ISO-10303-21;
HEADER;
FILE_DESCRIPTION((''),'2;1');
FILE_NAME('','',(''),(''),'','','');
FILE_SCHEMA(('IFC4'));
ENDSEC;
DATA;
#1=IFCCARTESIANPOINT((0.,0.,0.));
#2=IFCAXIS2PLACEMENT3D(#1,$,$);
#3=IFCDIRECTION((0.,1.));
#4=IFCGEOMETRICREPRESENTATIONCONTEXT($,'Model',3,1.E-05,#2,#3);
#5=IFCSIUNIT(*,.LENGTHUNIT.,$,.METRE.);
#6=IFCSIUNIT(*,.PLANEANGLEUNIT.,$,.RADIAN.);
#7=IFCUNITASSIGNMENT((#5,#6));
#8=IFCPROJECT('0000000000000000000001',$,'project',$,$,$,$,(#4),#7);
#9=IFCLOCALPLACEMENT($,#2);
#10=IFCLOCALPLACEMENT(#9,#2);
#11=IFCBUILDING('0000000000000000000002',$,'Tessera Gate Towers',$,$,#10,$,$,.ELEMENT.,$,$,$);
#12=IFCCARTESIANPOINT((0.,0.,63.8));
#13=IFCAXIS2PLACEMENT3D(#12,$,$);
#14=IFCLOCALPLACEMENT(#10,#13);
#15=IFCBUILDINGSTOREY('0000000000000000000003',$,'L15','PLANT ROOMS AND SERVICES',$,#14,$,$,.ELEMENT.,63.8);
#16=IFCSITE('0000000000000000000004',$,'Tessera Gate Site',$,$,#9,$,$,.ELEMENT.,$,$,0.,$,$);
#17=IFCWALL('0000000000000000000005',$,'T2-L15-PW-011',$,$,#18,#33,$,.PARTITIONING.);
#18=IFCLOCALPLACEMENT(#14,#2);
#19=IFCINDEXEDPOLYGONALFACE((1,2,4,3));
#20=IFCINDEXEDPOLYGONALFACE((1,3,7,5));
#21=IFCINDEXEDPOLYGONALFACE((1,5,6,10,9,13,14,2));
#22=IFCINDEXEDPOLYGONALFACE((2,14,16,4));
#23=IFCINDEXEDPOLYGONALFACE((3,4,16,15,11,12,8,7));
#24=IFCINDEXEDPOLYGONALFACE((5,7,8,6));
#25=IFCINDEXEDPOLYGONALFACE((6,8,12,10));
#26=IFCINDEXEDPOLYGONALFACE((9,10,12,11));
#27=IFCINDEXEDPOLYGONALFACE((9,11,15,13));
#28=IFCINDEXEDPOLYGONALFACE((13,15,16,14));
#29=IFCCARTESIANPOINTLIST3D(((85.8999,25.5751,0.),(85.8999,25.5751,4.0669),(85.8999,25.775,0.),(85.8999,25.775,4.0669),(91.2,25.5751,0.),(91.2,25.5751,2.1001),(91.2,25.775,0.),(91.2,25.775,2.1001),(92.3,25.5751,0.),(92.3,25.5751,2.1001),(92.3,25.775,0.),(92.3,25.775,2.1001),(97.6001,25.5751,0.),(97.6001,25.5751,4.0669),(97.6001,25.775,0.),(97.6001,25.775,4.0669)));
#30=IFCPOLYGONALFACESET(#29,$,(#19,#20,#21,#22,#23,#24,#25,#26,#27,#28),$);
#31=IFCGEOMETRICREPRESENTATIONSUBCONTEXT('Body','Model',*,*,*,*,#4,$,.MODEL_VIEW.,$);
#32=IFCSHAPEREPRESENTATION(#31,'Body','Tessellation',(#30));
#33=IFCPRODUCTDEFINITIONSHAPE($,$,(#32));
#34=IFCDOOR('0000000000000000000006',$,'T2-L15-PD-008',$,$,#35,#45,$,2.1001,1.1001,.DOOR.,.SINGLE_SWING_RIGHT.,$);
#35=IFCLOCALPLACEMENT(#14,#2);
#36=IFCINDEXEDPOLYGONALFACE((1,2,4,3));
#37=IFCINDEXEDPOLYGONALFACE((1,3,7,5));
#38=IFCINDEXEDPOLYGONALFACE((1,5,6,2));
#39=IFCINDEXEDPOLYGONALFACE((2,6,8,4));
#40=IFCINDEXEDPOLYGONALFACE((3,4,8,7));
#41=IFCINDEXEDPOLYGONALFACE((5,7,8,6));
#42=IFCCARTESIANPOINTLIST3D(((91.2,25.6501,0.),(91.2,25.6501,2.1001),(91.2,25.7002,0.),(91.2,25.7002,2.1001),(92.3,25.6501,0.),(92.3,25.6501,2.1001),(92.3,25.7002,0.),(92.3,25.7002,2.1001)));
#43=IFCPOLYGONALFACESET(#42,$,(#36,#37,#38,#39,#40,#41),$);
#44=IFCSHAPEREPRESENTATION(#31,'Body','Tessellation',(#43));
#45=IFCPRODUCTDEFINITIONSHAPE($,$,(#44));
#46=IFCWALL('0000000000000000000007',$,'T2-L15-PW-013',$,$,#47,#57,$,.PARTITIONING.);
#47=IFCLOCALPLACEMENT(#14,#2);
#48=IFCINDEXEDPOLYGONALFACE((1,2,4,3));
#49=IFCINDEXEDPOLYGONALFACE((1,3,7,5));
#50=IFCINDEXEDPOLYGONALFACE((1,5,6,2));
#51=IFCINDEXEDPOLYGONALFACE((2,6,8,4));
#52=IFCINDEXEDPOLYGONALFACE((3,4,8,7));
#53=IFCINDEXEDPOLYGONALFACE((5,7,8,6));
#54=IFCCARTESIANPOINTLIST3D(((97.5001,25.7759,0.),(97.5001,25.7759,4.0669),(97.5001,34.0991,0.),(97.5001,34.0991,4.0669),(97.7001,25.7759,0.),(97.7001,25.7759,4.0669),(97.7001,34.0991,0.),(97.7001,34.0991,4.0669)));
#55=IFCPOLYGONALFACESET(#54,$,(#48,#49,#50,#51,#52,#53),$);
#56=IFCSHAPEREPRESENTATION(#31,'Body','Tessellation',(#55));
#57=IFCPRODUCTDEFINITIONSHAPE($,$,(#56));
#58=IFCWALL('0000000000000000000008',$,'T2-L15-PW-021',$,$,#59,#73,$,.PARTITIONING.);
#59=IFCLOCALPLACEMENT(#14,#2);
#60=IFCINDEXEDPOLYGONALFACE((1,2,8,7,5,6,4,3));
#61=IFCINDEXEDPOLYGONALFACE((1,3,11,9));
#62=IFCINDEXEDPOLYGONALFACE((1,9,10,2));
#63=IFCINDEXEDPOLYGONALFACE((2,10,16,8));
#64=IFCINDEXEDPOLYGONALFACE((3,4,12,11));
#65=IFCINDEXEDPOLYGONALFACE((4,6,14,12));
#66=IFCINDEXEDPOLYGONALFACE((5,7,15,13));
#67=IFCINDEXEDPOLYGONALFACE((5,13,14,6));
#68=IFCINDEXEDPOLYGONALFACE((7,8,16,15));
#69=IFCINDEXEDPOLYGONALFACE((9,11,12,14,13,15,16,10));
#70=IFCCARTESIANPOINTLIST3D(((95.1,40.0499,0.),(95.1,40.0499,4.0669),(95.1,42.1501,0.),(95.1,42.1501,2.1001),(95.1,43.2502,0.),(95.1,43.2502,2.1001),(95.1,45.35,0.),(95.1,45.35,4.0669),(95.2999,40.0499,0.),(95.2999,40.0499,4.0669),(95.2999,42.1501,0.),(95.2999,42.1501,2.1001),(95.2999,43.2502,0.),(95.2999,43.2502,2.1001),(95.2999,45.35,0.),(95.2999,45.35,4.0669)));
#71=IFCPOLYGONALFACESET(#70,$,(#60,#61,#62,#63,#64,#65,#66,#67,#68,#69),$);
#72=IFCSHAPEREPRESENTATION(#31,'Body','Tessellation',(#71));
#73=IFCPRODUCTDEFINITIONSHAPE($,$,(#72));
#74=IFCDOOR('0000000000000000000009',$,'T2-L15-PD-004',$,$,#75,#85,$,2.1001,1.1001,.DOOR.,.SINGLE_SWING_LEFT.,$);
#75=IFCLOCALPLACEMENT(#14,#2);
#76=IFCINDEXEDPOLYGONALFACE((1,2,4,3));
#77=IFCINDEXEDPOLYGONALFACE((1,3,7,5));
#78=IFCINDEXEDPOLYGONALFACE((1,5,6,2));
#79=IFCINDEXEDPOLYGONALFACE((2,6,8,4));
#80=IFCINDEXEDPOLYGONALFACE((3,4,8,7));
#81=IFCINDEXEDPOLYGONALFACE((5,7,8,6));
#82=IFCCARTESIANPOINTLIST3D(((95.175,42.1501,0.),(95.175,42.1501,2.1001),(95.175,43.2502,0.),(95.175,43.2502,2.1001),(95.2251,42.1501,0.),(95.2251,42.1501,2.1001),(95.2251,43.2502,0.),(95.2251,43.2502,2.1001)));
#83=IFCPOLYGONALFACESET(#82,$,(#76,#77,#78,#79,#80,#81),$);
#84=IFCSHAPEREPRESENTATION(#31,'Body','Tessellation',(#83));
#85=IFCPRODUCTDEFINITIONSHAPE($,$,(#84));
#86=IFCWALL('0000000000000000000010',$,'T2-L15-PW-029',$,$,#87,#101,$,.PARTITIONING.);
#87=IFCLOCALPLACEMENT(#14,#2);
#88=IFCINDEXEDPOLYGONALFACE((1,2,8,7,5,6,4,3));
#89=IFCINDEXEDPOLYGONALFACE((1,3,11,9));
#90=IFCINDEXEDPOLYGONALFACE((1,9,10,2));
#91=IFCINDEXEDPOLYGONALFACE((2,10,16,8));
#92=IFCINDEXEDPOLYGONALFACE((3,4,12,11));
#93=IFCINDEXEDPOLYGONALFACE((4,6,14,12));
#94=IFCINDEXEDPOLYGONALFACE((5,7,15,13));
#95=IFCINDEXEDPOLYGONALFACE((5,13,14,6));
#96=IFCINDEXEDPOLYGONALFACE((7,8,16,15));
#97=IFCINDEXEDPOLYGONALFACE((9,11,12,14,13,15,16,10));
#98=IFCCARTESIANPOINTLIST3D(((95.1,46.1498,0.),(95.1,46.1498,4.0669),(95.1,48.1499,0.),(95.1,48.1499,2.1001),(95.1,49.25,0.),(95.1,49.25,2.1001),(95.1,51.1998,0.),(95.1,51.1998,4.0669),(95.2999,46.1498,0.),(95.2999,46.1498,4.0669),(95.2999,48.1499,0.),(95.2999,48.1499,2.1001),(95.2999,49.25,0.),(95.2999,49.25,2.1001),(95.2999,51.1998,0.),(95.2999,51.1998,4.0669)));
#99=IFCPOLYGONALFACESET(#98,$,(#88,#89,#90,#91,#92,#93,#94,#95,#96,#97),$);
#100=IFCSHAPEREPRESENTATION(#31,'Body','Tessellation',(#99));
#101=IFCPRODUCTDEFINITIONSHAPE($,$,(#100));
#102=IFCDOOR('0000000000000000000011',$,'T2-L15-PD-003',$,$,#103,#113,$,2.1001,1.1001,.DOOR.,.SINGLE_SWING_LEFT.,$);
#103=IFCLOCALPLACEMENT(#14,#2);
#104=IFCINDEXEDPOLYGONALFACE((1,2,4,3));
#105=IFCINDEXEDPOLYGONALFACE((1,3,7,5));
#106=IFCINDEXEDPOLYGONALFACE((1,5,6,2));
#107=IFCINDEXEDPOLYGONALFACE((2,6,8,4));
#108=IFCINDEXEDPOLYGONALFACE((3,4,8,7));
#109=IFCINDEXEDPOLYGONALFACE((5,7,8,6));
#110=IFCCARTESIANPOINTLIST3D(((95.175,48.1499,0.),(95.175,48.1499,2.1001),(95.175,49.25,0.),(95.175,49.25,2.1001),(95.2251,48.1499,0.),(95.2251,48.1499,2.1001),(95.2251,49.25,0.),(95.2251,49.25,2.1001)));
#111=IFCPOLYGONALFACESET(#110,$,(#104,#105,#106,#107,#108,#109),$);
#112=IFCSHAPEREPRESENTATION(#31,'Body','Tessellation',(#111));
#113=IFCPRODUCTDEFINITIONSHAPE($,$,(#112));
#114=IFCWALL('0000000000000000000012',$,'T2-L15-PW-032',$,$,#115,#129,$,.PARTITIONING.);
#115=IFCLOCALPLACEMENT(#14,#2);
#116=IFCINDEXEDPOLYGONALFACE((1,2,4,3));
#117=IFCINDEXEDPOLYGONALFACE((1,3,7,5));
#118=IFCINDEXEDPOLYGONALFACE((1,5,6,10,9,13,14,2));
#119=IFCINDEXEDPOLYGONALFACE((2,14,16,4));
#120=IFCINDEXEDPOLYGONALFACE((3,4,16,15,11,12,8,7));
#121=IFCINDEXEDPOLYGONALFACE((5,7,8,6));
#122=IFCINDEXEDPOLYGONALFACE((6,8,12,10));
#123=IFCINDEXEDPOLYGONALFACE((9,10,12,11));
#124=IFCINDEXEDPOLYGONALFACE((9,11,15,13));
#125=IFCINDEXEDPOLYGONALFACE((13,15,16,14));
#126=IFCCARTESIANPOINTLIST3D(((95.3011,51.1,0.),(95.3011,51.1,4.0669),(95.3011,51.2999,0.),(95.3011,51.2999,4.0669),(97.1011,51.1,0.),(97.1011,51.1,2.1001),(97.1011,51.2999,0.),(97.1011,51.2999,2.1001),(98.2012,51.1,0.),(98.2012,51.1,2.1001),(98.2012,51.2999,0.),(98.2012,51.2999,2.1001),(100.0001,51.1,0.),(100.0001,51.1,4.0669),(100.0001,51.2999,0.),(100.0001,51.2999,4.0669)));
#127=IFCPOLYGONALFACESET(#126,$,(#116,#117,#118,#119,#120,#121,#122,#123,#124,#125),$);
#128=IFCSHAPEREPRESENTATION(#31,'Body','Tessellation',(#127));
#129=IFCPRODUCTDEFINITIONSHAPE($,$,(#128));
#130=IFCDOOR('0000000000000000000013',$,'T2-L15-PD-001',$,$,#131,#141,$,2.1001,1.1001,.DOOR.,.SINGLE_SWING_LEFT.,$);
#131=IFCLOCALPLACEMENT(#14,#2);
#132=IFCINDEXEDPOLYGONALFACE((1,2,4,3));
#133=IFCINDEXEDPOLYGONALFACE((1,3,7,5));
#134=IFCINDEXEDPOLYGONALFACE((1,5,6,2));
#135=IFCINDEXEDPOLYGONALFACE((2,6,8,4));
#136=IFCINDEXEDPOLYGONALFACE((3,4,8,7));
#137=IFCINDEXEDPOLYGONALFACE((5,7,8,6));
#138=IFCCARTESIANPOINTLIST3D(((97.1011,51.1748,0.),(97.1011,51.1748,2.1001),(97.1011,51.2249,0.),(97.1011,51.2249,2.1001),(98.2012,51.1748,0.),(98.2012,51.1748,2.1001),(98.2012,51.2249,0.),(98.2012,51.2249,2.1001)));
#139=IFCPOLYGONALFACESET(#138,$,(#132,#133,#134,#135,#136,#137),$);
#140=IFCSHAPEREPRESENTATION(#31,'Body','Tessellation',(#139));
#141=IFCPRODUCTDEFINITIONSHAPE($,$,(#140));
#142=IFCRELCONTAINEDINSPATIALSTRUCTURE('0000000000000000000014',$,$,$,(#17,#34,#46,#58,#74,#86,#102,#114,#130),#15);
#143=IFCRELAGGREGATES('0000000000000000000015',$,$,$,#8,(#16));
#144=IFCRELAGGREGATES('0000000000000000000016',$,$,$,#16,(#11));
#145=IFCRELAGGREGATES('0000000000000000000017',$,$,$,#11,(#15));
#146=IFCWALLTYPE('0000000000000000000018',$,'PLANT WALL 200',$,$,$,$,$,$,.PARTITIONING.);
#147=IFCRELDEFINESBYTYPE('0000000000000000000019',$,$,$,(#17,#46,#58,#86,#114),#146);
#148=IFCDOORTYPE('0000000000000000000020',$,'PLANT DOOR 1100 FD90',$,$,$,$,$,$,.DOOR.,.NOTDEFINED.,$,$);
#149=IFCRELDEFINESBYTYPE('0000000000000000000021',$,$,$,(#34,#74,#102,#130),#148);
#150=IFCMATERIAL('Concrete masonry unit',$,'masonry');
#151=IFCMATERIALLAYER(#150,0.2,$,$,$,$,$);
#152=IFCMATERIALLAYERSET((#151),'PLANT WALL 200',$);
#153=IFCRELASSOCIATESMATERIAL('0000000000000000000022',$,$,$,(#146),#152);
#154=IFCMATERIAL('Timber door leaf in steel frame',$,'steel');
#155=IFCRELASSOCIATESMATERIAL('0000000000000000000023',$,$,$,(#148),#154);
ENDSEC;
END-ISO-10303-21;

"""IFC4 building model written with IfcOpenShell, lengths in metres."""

from ifc_helpers import new_model, si_unit, direction, frame, frame_2d, origin, place, context, subcontext, project, spatial, rectangle, extrude, source, transform, mapped, material, layer, layer_set, type_object, element, fill, save


model = new_model("IFC4")

# Units and contexts
model_context = context("Model", 3, precision=1e-05, world=origin(), true_north=direction((0.0, 1.0)))
body_context = subcontext(model_context, "Body", "Model", "MODEL_VIEW")
ifc_project = project(units=[si_unit("LENGTHUNIT", "METRE"), si_unit("PLANEANGLEUNIT", "RADIAN")], contexts=[model_context])

# Site, building, storey
site_placement = place(None, origin())
site = spatial("IfcSite", under=ifc_project, at=site_placement, Name="Tessera Gate Site", CompositionType="ELEMENT", RefElevation=0.0)
building_placement = place(site_placement, origin())
building = spatial("IfcBuilding", under=site, at=building_placement, Name="Tessera Gate Towers", CompositionType="ELEMENT")
storey_placement = place(building_placement, frame((0.0, 0.0, 63.8)))
storey = spatial("IfcBuildingStorey", under=building, at=storey_placement, Name="L15", Description="PLANT ROOMS AND SERVICES", CompositionType="ELEMENT", Elevation=63.8)

# Wall, opening, door
ifc_material_1 = material(Name="Concrete masonry unit", Category="masonry")
ifc_layer_1 = layer(ifc_material_1, 0.2)
ifc_layer_set_1 = layer_set([ifc_layer_1], Name="PLANT WALL 200")
wall_type_1 = type_object("IfcWallType", Name="PLANT WALL 200", PredefinedType="PARTITIONING", material=ifc_layer_set_1)
wall_1_placement = place(storey_placement, frame((97.6001, 25.675, 0.0), z_axis=(0.0, 0.0, 1.0), x_axis=(-1.0, 0.0, 0.0)))
wall_1 = element("IfcWall", 1, at=wall_1_placement, inside=storey, type_object=wall_type_1, Name="T2-L15-PW-011", PredefinedType="PARTITIONING", context=body_context, shape_type="SweptSolid", body=[
    extrude(rectangle(XDim=11.7002, YDim=0.2, at=frame_2d((5.8501, 0.0))), origin(), (0.0, 0.0, 1.0), 4.0669),
])
shared_shape_1 = source(origin(), body_context, "Body", "SweptSolid", [
    extrude(rectangle(XDim=1.1001, YDim=2.1001, at=frame_2d((0.55, 1.05))), frame((0.0, 0.1099, 0.0), z_axis=(0.0, -1.0, 0.0), x_axis=(1.0, 0.0, 0.0)), (0.0, 0.0, 1.0), 0.22),
])
opening_1_placement = place(wall_1_placement, frame((5.3, 0.0, 0.0)))
opening_1 = element("IfcOpeningElement", 2, at=opening_1_placement, cuts=wall_1, PredefinedType="OPENING", context=body_context, shape_type="MappedRepresentation", body=[
    mapped(shared_shape_1, transform((0.0, 0.0, 0.0), scale=1.0)),
])
ifc_material_2 = material(Name="Timber door leaf in steel frame", Category="steel")
door_type = type_object("IfcDoorType", Name="PLANT DOOR 1100 FD90", OperationType="NOTDEFINED", PredefinedType="DOOR", material=ifc_material_2)
shared_shape_2 = source(origin(), body_context, "Body", "SweptSolid", [
    extrude(rectangle(XDim=1.1001, YDim=2.1001, at=frame_2d((0.55, 1.05))), frame((0.0, 0.0249, 0.0), z_axis=(0.0, -1.0, 0.0), x_axis=(1.0, 0.0, 0.0)), (0.0, 0.0, 1.0), 0.05),
])
door_1_placement = place(opening_1_placement, origin())
door_1 = element("IfcDoor", 3, at=door_1_placement, inside=storey, type_object=door_type, Name="T2-L15-PD-008", OperationType="SINGLE_SWING_RIGHT", OverallHeight=2.1001, OverallWidth=1.1001, PredefinedType="DOOR", context=body_context, shape_type="MappedRepresentation", body=[
    mapped(shared_shape_2, transform((0.0, 0.0, 0.0), scale=1.0)),
])
fill(opening_1, door_1)

# Wall
wall_2_placement = place(storey_placement, frame((97.6001, 25.7759, 0.0), z_axis=(0.0, 0.0, 1.0), x_axis=(0.0, 1.0, 0.0)))
element("IfcWall", 4, at=wall_2_placement, inside=storey, type_object=wall_type_1, Name="T2-L15-PW-013", PredefinedType="PARTITIONING", context=body_context, shape_type="SweptSolid", body=[
    extrude(rectangle(XDim=8.3232, YDim=0.2, at=frame_2d((4.1616, 0.0))), origin(), (0.0, 0.0, 1.0), 4.0669),
])

# Walls, openings, doors
wall_3_placement = place(storey_placement, frame((95.2, 40.05, 0.0), z_axis=(0.0, 0.0, 1.0), x_axis=(0.0, 1.0, 0.0)))
wall_3 = element("IfcWall", 5, at=wall_3_placement, inside=storey, type_object=wall_type_1, Name="T2-L15-PW-021", PredefinedType="PARTITIONING", context=body_context, shape_type="SweptSolid", body=[
    extrude(rectangle(XDim=5.3, YDim=0.2, at=frame_2d((2.6499, 0.0))), origin(), (0.0, 0.0, 1.0), 4.0669),
])
opening_2_placement = place(wall_3_placement, frame((2.1001, 0.0, 0.0)))
opening_2 = element("IfcOpeningElement", 6, at=opening_2_placement, cuts=wall_3, PredefinedType="OPENING", context=body_context, shape_type="MappedRepresentation", body=[
    mapped(shared_shape_1, transform((0.0, 0.0, 0.0), scale=1.0)),
])
door_2_placement = place(opening_2_placement, origin())
door_2 = element("IfcDoor", 7, at=door_2_placement, inside=storey, type_object=door_type, Name="T2-L15-PD-004", OperationType="SINGLE_SWING_LEFT", OverallHeight=2.1001, OverallWidth=1.1001, PredefinedType="DOOR", context=body_context, shape_type="MappedRepresentation", body=[
    mapped(shared_shape_2, transform((0.0, 0.0, 0.0), scale=1.0)),
])
fill(opening_2, door_2)
wall_4_placement = place(storey_placement, frame((95.2, 46.1499, 0.0), z_axis=(0.0, 0.0, 1.0), x_axis=(0.0, 1.0, 0.0)))
wall_4 = element("IfcWall", 8, at=wall_4_placement, inside=storey, type_object=wall_type_1, Name="T2-L15-PW-029", PredefinedType="PARTITIONING", context=body_context, shape_type="SweptSolid", body=[
    extrude(rectangle(XDim=5.05, YDim=0.2, at=frame_2d((2.5249, 0.0))), origin(), (0.0, 0.0, 1.0), 4.0669),
])
opening_3_placement = place(wall_4_placement, frame((2.0, 0.0, 0.0)))
opening_3 = element("IfcOpeningElement", 9, at=opening_3_placement, cuts=wall_4, PredefinedType="OPENING", context=body_context, shape_type="MappedRepresentation", body=[
    mapped(shared_shape_1, transform((0.0, 0.0, 0.0), scale=1.0)),
])
door_3_placement = place(opening_3_placement, origin())
door_3 = element("IfcDoor", 10, at=door_3_placement, inside=storey, type_object=door_type, Name="T2-L15-PD-003", OperationType="SINGLE_SWING_LEFT", OverallHeight=2.1001, OverallWidth=1.1001, PredefinedType="DOOR", context=body_context, shape_type="MappedRepresentation", body=[
    mapped(shared_shape_2, transform((0.0, 0.0, 0.0), scale=1.0)),
])
fill(opening_3, door_3)
wall_5_placement = place(storey_placement, frame((95.301, 51.2, 0.0), z_axis=(0.0, 0.0, 1.0), x_axis=(1.0, 0.0, 0.0)))
wall_5 = element("IfcWall", 11, at=wall_5_placement, inside=storey, type_object=wall_type_1, Name="T2-L15-PW-032", PredefinedType="PARTITIONING", context=body_context, shape_type="SweptSolid", body=[
    extrude(rectangle(XDim=4.699, YDim=0.2, at=frame_2d((2.3496, 0.0))), origin(), (0.0, 0.0, 1.0), 4.0669),
])
opening_4_placement = place(wall_5_placement, frame((1.8, 0.0, 0.0)))
opening_4 = element("IfcOpeningElement", 12, at=opening_4_placement, cuts=wall_5, PredefinedType="OPENING", context=body_context, shape_type="MappedRepresentation", body=[
    mapped(shared_shape_1, transform((0.0, 0.0, 0.0), scale=1.0)),
])
door_4_placement = place(opening_4_placement, origin())
door_4 = element("IfcDoor", 13, at=door_4_placement, inside=storey, type_object=door_type, Name="T2-L15-PD-001", OperationType="SINGLE_SWING_LEFT", OverallHeight=2.1001, OverallWidth=1.1001, PredefinedType="DOOR", context=body_context, shape_type="MappedRepresentation", body=[
    mapped(shared_shape_2, transform((0.0, 0.0, 0.0), scale=1.0)),
])
fill(opening_4, door_4)

save(model, "model.ifc")
